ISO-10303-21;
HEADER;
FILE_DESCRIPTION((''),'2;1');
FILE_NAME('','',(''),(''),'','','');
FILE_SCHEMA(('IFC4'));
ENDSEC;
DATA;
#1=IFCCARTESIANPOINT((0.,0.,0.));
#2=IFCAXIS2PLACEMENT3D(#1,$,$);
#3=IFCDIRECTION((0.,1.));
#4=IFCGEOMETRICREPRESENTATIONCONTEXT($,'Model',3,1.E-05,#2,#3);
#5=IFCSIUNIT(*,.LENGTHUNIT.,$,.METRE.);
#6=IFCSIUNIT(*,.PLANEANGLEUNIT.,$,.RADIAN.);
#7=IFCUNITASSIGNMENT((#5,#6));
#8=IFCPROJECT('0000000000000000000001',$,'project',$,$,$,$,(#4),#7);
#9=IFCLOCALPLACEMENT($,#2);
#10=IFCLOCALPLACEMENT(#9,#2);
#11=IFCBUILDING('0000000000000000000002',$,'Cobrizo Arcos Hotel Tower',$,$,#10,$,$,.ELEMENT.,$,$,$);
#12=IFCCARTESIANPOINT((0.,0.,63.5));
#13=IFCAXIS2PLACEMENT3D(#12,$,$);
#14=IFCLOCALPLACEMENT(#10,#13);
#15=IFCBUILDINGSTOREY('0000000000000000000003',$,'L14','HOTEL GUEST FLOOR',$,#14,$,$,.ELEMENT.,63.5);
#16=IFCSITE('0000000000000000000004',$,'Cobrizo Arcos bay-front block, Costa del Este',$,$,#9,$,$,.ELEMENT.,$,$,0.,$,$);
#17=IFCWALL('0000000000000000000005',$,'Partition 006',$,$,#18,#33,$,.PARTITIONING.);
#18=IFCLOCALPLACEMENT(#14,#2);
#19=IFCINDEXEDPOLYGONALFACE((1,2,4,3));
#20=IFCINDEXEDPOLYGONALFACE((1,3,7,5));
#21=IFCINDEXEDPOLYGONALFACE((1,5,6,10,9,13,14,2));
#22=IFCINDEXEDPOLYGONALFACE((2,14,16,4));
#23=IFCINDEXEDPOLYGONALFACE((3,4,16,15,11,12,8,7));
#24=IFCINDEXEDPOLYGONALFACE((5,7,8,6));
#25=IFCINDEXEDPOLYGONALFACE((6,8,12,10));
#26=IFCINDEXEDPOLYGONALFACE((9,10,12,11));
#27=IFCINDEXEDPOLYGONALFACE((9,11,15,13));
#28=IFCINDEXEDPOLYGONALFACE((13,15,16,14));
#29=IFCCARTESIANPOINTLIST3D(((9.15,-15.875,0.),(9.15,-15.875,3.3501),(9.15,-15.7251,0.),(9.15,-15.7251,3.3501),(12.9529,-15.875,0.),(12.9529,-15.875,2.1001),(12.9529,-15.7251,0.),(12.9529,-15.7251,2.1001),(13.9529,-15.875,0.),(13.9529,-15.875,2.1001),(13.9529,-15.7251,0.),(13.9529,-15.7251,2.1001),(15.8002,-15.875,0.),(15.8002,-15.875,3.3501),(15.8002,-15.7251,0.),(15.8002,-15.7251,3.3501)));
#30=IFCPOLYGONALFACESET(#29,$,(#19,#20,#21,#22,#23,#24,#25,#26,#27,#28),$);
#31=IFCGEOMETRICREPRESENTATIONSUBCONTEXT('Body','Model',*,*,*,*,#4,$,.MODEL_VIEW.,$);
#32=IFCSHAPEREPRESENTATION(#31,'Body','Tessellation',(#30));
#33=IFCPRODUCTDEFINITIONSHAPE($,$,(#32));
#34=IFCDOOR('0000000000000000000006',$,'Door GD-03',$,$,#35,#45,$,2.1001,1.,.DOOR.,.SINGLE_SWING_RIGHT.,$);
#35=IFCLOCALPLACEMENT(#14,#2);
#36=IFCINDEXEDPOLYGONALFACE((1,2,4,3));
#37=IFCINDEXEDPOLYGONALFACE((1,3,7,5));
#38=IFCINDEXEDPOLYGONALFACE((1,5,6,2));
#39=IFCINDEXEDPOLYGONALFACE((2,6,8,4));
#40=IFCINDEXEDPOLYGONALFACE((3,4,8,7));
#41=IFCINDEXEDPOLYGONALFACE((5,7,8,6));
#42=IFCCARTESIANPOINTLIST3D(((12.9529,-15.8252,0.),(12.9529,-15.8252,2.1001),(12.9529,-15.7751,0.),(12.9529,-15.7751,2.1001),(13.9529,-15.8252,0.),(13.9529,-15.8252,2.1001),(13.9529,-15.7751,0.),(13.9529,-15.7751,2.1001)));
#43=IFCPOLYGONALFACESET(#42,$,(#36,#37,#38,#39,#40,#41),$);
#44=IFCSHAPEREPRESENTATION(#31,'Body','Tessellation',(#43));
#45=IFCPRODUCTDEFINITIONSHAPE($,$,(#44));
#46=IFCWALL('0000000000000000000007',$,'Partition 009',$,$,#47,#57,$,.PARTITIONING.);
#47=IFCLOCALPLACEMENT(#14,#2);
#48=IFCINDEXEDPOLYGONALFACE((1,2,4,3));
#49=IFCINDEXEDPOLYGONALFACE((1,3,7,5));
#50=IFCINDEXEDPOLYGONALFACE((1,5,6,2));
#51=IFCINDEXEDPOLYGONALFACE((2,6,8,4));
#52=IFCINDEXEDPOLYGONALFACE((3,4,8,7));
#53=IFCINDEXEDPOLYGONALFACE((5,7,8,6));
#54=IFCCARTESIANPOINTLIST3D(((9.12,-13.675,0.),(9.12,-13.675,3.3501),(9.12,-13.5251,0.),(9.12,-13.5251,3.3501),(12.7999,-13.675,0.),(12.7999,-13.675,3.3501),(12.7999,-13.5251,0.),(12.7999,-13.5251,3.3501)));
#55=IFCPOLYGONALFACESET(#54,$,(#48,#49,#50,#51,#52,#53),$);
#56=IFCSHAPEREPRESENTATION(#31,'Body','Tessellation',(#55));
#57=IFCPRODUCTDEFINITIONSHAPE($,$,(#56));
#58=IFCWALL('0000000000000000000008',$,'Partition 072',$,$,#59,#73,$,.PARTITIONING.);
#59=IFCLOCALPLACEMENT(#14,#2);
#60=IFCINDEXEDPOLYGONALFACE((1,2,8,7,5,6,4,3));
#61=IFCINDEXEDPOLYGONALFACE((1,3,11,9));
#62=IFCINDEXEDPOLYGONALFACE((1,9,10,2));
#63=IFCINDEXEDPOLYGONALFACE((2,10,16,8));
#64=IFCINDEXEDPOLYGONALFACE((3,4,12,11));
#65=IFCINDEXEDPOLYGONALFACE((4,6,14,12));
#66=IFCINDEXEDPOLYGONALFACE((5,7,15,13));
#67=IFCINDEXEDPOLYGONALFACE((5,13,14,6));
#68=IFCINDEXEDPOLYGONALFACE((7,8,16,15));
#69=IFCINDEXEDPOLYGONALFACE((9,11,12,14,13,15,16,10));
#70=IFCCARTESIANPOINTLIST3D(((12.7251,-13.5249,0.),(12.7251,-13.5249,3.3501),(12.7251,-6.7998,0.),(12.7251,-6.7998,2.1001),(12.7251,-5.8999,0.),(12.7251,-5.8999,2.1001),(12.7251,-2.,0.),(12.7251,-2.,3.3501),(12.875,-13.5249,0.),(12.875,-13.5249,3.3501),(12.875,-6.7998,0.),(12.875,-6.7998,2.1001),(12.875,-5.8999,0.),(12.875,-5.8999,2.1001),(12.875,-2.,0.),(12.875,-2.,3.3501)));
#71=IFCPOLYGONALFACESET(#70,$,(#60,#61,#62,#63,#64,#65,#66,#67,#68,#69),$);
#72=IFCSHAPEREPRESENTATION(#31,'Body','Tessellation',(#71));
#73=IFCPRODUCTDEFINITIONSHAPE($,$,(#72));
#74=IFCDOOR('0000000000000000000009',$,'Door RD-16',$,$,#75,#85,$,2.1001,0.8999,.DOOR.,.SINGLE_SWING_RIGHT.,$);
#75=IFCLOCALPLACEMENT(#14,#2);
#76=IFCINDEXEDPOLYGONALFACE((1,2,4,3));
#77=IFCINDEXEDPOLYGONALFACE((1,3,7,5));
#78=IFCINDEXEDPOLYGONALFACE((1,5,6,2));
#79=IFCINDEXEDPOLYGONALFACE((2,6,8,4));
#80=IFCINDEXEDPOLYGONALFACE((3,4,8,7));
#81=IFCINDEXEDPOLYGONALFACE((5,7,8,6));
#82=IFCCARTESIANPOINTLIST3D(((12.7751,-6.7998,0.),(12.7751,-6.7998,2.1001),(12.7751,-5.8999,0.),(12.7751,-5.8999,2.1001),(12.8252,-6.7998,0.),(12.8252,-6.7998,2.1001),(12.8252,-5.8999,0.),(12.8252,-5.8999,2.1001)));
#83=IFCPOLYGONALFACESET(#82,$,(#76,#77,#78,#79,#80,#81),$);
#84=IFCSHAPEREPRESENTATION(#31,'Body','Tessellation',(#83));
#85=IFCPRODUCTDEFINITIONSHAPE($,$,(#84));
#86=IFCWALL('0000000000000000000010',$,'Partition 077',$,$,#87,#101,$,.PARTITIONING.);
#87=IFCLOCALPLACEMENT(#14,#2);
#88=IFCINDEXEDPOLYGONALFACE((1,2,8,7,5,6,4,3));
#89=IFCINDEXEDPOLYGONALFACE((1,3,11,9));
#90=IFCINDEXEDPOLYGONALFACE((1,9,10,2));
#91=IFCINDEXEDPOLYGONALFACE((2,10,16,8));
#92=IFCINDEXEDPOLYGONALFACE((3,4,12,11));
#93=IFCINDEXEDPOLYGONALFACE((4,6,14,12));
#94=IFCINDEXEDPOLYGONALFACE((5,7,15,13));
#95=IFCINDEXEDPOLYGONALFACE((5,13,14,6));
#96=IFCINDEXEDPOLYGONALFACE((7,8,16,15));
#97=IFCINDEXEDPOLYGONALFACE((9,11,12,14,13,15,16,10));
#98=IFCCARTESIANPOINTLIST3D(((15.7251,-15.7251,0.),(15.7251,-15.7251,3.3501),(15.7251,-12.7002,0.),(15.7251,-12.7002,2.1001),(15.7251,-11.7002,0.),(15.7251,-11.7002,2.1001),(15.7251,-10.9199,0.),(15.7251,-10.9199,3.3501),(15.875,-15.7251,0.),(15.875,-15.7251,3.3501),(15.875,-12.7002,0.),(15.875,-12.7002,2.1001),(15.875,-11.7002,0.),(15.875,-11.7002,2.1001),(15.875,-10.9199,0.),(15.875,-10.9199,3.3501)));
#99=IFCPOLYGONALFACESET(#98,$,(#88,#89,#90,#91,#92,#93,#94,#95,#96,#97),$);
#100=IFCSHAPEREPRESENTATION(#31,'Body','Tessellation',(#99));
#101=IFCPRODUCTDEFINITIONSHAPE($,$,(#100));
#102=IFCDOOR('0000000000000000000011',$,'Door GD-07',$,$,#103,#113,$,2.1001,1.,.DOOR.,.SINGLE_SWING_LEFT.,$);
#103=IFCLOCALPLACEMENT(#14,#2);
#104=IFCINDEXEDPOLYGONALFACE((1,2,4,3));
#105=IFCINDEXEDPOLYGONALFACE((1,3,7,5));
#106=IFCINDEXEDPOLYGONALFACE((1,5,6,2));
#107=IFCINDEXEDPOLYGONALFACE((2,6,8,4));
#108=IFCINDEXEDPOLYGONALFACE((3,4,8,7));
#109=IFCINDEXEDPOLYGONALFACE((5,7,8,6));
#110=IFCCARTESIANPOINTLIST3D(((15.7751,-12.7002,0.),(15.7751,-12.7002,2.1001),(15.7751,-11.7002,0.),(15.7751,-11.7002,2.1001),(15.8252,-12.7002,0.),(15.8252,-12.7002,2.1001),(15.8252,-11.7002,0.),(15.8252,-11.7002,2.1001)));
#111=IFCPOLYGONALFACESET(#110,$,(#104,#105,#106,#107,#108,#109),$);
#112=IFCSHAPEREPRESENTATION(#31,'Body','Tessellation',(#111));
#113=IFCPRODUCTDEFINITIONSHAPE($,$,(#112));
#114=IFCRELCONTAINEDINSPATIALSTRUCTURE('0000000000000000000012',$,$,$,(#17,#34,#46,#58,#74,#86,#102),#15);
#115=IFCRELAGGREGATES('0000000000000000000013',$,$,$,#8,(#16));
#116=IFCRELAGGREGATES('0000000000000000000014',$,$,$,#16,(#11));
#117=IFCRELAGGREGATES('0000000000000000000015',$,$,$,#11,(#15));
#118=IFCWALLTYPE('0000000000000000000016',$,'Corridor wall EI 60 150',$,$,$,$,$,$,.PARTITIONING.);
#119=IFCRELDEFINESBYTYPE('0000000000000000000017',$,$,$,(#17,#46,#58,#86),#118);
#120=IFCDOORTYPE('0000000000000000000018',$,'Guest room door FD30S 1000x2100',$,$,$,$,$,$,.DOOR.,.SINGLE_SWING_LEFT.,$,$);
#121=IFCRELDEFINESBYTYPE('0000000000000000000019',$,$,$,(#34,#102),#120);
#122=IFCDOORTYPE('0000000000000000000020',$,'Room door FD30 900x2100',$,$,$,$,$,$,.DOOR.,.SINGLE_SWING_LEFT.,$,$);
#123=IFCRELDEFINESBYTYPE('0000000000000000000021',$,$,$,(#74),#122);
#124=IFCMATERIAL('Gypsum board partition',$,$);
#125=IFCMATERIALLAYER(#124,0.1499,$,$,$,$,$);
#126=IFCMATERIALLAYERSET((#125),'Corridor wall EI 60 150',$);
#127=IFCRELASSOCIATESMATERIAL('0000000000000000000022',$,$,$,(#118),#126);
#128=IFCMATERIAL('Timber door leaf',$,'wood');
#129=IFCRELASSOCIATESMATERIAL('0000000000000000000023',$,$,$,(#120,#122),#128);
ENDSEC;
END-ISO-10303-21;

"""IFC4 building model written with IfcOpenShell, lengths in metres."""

from ifc_helpers import new_model, si_unit, direction, frame, frame_2d, origin, place, context, subcontext, project, spatial, rectangle, extrude, material, layer, layer_set, type_object, element, fill, save


model = new_model("IFC4")

# Units and contexts
model_context = context("Model", 3, precision=1e-05, world=origin(), true_north=direction((0.0, 1.0)))
body_context = subcontext(model_context, "Body", "Model", "MODEL_VIEW")
ifc_project = project(units=[si_unit("LENGTHUNIT", "METRE"), si_unit("PLANEANGLEUNIT", "RADIAN")], contexts=[model_context])

# Site, building, storey
site_placement = place(None, origin())
site = spatial("IfcSite", under=ifc_project, at=site_placement, Name="Cobrizo Arcos bay-front block, Costa del Este", CompositionType="ELEMENT", RefElevation=0.0)
building_placement = place(site_placement, origin())
building = spatial("IfcBuilding", under=site, at=building_placement, Name="Cobrizo Arcos Hotel Tower", CompositionType="ELEMENT")
storey_placement = place(building_placement, frame((0.0, 0.0, 63.5)))
storey = spatial("IfcBuildingStorey", under=building, at=storey_placement, Name="L14", Description="HOTEL GUEST FLOOR", CompositionType="ELEMENT", Elevation=63.5)

# Wall, opening, door
ifc_material_1 = material(Name="Gypsum board partition")
ifc_layer_1 = layer(ifc_material_1, 0.1499)
ifc_layer_set_1 = layer_set([ifc_layer_1], Name="Corridor wall EI 60 150")
wall_type = type_object("IfcWallType", Name="Corridor wall EI 60 150", PredefinedType="PARTITIONING", material=ifc_layer_set_1)
wall_1_placement = place(storey_placement, frame((9.1499, -15.8, 0.0), z_axis=(0.0, 0.0, 1.0), x_axis=(1.0, 0.0, 0.0)))
wall_1 = element("IfcWall", 1, at=wall_1_placement, inside=storey, type_object=wall_type, Name="Partition 006", PredefinedType="PARTITIONING", context=body_context, shape_type="SweptSolid", body=[
    extrude(rectangle(XDim=6.6501, YDim=0.1499, at=frame_2d((3.3252, 0.0))), origin(), (0.0, 0.0, 1.0), 3.3501),
])
opening_1_placement = place(wall_1_placement, frame((3.803, 0.0, 0.0)))
opening_1 = element("IfcOpeningElement", 2, at=opening_1_placement, cuts=wall_1, PredefinedType="OPENING", context=body_context, shape_type="SweptSolid", body=[
    extrude(rectangle(XDim=1.0, YDim=2.1001, at=frame_2d((0.5, 1.05))), frame((0.0, 0.0869, 0.0), z_axis=(0.0, -1.0, 0.0), x_axis=(1.0, 0.0, 0.0)), (0.0, 0.0, 1.0), 0.1738),
])
ifc_material_2 = material(Name="Timber door leaf", Category="wood")
door_type_1 = type_object("IfcDoorType", Name="Guest room door FD30S 1000x2100", OperationType="SINGLE_SWING_LEFT", PredefinedType="DOOR", material=ifc_material_2)
door_1_placement = place(opening_1_placement, origin())
door_1 = element("IfcDoor", 3, at=door_1_placement, inside=storey, type_object=door_type_1, Name="Door GD-03", OperationType="SINGLE_SWING_RIGHT", OverallHeight=2.1001, OverallWidth=1.0, PredefinedType="DOOR", context=body_context, shape_type="SweptSolid", body=[
    extrude(rectangle(XDim=1.0, YDim=2.1001, at=frame_2d((0.5, 1.05))), frame((0.0, 0.0249, 0.0), z_axis=(0.0, -1.0, 0.0), x_axis=(1.0, 0.0, 0.0)), (0.0, 0.0, 1.0), 0.05),
])
fill(opening_1, door_1)

# Wall
wall_2_placement = place(storey_placement, frame((9.1201, -13.6001, 0.0), z_axis=(0.0, 0.0, 1.0), x_axis=(1.0, 0.0, 0.0)))
element("IfcWall", 4, at=wall_2_placement, inside=storey, type_object=wall_type, Name="Partition 009", PredefinedType="PARTITIONING", context=body_context, shape_type="SweptSolid", body=[
    extrude(rectangle(XDim=3.6799, YDim=0.1499, at=frame_2d((1.8398, 0.0))), origin(), (0.0, 0.0, 1.0), 3.3501),
])

# Walls, openings, doors
wall_3_placement = place(storey_placement, frame((12.8, -13.5249, 0.0), z_axis=(0.0, 0.0, 1.0), x_axis=(0.0, 1.0, 0.0)))
wall_3 = element("IfcWall", 5, at=wall_3_placement, inside=storey, type_object=wall_type, Name="Partition 072", PredefinedType="PARTITIONING", context=body_context, shape_type="SweptSolid", body=[
    extrude(rectangle(XDim=11.5249, YDim=0.1499, at=frame_2d((5.7625, 0.0))), origin(), (0.0, 0.0, 1.0), 3.3501),
])
opening_2_placement = place(wall_3_placement, frame((6.7251, 0.0, 0.0)))
opening_2 = element("IfcOpeningElement", 6, at=opening_2_placement, cuts=wall_3, PredefinedType="OPENING", context=body_context, shape_type="SweptSolid", body=[
    extrude(rectangle(XDim=0.8999, YDim=2.1001, at=frame_2d((0.45, 1.05))), frame((0.0, 0.0869, 0.0), z_axis=(0.0, -1.0, 0.0), x_axis=(1.0, 0.0, 0.0)), (0.0, 0.0, 1.0), 0.1738),
])
door_type_2 = type_object("IfcDoorType", Name="Room door FD30 900x2100", OperationType="SINGLE_SWING_LEFT", PredefinedType="DOOR", material=ifc_material_2)
door_2_placement = place(opening_2_placement, origin())
door_2 = element("IfcDoor", 7, at=door_2_placement, inside=storey, type_object=door_type_2, Name="Door RD-16", OperationType="SINGLE_SWING_RIGHT", OverallHeight=2.1001, OverallWidth=0.8999, PredefinedType="DOOR", context=body_context, shape_type="SweptSolid", body=[
    extrude(rectangle(XDim=0.8999, YDim=2.1001, at=frame_2d((0.45, 1.05))), frame((0.0, 0.0249, 0.0), z_axis=(0.0, -1.0, 0.0), x_axis=(1.0, 0.0, 0.0)), (0.0, 0.0, 1.0), 0.05),
])
fill(opening_2, door_2)
wall_4_placement = place(storey_placement, frame((15.8, -15.7251, 0.0), z_axis=(0.0, 0.0, 1.0), x_axis=(0.0, 1.0, 0.0)))
wall_4 = element("IfcWall", 8, at=wall_4_placement, inside=storey, type_object=wall_type, Name="Partition 077", PredefinedType="PARTITIONING", context=body_context, shape_type="SweptSolid", body=[
    extrude(rectangle(XDim=4.8052, YDim=0.1499, at=frame_2d((2.4026, 0.0))), origin(), (0.0, 0.0, 1.0), 3.3501),
])
opening_3_placement = place(wall_4_placement, frame((3.0249, 0.0, 0.0)))
opening_3 = element("IfcOpeningElement", 9, at=opening_3_placement, cuts=wall_4, PredefinedType="OPENING", context=body_context, shape_type="SweptSolid", body=[
    extrude(rectangle(XDim=1.0, YDim=2.1001, at=frame_2d((0.5, 1.05))), frame((0.0, 0.0869, 0.0), z_axis=(0.0, -1.0, 0.0), x_axis=(1.0, 0.0, 0.0)), (0.0, 0.0, 1.0), 0.1738),
])
door_3_placement = place(opening_3_placement, origin())
door_3 = element("IfcDoor", 10, at=door_3_placement, inside=storey, type_object=door_type_1, Name="Door GD-07", OperationType="SINGLE_SWING_LEFT", OverallHeight=2.1001, OverallWidth=1.0, PredefinedType="DOOR", context=body_context, shape_type="SweptSolid", body=[
    extrude(rectangle(XDim=1.0, YDim=2.1001, at=frame_2d((0.5, 1.05))), frame((0.0, 0.0249, 0.0), z_axis=(0.0, -1.0, 0.0), x_axis=(1.0, 0.0, 0.0)), (0.0, 0.0, 1.0), 0.05),
])
fill(opening_3, door_3)

save(model, "model.ifc")
